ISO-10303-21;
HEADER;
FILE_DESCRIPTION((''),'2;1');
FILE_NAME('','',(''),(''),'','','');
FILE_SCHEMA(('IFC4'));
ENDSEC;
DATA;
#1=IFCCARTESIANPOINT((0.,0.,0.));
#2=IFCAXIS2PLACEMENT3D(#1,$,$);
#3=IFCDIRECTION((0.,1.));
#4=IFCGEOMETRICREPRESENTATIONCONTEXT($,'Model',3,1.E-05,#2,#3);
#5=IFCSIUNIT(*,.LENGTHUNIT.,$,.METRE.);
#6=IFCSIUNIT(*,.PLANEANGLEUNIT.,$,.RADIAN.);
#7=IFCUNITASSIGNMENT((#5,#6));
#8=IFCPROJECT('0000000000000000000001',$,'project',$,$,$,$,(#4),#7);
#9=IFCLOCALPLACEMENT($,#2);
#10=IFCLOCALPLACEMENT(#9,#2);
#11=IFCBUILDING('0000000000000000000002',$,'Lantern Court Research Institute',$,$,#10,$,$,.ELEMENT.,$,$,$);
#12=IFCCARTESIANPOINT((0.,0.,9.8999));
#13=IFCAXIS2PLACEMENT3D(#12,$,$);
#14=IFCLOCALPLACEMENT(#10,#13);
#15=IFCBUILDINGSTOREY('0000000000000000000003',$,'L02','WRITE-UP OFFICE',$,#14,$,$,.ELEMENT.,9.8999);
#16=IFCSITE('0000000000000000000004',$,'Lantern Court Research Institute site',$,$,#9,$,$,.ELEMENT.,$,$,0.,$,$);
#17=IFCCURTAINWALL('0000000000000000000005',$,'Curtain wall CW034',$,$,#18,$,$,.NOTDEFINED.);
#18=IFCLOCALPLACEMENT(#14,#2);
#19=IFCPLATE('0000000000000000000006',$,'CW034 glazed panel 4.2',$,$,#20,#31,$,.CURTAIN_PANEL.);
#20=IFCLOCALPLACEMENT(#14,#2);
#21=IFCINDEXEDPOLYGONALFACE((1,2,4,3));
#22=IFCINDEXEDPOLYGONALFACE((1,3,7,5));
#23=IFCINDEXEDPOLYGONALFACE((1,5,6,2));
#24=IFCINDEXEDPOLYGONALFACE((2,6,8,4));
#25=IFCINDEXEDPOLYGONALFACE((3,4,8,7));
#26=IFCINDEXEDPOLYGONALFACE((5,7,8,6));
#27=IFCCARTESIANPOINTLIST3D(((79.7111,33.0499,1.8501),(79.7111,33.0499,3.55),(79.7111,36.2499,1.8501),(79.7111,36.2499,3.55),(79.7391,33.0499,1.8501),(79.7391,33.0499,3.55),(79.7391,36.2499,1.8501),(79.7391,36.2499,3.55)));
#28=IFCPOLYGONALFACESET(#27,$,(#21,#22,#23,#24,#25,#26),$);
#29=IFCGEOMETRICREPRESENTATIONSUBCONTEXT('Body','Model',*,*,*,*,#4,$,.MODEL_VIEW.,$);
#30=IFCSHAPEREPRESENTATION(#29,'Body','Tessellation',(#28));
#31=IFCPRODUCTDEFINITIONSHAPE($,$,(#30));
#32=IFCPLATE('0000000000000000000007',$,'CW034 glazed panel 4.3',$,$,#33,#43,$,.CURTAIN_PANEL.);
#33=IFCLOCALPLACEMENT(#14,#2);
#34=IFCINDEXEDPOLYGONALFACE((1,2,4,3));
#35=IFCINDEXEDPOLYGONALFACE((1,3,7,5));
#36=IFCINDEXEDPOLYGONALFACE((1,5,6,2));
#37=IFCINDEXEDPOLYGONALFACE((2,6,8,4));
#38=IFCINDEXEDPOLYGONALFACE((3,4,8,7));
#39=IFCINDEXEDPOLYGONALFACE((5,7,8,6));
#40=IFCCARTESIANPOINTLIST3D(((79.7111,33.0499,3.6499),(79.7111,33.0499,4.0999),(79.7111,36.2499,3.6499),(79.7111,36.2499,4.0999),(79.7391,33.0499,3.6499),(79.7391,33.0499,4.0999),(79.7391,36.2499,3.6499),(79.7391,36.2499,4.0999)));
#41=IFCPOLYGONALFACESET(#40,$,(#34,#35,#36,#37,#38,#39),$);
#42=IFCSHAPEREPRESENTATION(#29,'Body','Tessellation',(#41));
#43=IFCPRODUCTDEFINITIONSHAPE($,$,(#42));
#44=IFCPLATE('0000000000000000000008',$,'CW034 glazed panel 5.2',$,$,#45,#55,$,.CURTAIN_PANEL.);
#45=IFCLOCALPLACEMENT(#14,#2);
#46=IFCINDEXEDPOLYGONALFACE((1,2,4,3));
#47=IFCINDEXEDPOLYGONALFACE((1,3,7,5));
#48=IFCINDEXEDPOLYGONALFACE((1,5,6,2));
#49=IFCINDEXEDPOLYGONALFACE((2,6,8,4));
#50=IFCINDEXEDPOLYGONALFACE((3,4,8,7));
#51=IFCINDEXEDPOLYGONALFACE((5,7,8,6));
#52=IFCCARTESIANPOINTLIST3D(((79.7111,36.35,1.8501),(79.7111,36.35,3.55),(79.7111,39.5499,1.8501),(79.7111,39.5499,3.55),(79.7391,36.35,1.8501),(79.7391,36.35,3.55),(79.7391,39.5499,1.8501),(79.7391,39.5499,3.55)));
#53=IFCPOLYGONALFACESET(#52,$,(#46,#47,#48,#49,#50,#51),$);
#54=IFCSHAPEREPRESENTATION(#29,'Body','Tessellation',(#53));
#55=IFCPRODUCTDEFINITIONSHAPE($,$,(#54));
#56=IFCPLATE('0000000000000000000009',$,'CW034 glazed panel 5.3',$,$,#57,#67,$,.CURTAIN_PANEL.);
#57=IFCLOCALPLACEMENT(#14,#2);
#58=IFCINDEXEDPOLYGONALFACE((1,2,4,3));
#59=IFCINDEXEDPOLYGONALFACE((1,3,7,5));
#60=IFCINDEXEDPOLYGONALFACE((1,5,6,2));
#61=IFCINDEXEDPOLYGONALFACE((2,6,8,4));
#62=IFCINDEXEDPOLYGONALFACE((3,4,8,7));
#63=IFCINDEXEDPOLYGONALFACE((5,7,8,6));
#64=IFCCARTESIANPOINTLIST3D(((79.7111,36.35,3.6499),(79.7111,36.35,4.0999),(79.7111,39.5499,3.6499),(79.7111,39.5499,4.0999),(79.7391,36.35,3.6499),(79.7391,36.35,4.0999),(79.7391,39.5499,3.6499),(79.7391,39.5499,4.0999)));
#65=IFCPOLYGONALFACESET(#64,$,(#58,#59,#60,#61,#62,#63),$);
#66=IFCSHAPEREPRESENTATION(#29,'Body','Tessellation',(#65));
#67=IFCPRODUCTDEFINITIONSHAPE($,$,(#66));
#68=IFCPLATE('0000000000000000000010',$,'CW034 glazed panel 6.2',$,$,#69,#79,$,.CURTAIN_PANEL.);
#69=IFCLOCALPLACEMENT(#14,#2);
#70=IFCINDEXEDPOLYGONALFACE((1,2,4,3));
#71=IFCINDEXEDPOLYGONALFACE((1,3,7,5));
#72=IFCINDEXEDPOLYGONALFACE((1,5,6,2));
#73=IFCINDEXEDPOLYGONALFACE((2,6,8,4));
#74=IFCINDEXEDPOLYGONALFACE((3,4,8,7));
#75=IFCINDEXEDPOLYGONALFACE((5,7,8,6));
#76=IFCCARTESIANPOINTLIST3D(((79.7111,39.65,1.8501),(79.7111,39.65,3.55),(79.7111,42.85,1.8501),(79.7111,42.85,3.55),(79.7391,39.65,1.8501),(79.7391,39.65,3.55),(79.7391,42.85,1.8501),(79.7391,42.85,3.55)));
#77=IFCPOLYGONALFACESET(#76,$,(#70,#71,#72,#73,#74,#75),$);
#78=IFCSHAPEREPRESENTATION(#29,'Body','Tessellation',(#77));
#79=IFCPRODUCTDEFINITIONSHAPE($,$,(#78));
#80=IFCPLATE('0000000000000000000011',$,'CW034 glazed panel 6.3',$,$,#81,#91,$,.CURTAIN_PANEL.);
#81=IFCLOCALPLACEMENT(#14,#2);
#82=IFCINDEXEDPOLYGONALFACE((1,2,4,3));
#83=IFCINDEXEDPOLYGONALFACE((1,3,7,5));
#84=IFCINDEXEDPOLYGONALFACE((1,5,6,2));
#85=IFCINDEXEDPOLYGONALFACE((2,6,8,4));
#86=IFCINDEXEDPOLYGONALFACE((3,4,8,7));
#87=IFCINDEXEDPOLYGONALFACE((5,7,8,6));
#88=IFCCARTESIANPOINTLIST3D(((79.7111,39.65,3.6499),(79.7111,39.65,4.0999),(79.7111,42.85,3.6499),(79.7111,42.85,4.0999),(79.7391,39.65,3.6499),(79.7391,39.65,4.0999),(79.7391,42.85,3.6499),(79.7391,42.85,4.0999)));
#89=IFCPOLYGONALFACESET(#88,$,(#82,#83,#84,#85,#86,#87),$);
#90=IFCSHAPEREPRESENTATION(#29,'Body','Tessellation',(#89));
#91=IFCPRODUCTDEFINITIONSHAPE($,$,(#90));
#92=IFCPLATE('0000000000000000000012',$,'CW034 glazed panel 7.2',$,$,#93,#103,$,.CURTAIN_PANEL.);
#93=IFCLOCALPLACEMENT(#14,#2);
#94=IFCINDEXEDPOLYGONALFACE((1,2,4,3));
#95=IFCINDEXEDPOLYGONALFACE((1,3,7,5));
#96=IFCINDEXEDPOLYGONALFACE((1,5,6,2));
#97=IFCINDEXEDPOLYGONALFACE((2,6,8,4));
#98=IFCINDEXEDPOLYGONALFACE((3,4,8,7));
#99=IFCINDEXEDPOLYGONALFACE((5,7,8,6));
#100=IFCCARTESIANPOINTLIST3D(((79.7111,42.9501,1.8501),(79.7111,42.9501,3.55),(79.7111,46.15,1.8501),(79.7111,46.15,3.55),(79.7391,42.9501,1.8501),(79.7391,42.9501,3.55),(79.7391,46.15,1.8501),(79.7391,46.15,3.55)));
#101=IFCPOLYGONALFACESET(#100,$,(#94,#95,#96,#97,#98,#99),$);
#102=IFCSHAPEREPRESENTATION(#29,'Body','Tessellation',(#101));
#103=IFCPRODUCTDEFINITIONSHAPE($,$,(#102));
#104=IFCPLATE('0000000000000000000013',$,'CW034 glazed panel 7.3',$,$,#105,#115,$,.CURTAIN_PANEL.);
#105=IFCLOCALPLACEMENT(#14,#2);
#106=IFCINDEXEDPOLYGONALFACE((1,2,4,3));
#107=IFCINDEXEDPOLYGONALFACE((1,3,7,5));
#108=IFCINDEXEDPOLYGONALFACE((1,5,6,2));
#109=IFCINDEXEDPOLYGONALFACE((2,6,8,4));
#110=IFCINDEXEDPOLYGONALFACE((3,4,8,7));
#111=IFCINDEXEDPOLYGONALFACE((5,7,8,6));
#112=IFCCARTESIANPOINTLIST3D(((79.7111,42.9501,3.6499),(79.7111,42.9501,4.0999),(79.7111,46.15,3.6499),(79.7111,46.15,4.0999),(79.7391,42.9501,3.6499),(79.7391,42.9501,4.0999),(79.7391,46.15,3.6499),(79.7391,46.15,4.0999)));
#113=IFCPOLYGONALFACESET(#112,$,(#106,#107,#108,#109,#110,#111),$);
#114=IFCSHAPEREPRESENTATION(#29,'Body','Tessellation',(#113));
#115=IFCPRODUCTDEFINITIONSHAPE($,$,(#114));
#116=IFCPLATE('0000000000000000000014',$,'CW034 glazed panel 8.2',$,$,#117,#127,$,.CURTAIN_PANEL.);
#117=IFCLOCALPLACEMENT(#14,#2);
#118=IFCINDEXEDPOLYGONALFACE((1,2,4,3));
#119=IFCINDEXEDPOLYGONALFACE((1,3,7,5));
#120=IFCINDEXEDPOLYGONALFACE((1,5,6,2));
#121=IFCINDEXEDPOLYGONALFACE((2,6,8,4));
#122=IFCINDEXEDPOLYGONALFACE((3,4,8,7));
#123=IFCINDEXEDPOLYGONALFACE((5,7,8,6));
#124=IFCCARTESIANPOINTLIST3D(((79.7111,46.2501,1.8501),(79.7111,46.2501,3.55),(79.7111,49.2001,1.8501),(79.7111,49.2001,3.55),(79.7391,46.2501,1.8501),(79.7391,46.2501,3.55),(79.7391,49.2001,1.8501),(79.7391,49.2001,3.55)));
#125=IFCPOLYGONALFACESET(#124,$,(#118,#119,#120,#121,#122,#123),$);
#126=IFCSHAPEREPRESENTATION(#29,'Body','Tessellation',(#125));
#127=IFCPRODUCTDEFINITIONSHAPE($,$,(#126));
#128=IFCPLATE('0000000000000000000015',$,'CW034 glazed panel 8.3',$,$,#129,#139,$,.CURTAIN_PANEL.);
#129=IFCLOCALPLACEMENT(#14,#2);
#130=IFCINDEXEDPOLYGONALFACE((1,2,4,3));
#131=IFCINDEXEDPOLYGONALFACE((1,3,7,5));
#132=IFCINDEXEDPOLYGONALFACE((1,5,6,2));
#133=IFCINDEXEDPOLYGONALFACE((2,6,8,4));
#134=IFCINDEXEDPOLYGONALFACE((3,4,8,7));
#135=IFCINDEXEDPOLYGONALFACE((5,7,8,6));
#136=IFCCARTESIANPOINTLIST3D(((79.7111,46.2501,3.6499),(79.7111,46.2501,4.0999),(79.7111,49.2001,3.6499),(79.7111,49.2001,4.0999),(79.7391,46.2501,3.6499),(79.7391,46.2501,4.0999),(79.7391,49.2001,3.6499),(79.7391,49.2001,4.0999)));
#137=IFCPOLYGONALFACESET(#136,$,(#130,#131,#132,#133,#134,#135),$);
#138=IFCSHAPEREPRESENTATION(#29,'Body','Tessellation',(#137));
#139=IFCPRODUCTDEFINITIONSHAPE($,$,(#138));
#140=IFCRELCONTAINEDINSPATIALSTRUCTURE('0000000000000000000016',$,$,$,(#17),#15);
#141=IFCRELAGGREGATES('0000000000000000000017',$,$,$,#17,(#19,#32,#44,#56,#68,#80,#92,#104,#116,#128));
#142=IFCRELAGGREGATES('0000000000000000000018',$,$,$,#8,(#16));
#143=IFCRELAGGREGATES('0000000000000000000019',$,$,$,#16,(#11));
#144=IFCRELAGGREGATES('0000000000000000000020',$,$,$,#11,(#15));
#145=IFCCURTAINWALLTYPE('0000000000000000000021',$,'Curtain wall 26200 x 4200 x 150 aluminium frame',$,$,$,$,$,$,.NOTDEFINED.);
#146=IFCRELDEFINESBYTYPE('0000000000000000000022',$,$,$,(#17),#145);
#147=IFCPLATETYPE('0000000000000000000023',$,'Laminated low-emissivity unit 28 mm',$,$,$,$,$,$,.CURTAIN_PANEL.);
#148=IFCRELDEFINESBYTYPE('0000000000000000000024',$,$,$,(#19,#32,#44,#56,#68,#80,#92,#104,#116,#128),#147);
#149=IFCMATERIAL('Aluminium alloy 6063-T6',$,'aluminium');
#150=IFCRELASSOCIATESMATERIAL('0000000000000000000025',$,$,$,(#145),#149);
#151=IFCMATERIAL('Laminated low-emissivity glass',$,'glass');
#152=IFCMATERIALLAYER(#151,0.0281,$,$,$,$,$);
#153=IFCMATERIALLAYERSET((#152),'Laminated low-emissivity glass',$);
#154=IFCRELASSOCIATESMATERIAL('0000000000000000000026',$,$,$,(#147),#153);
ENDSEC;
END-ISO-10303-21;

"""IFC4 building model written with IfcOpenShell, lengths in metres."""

from ifc_helpers import new_model, si_unit, direction, frame, origin, origin_2d, place, context, subcontext, project, spatial, rectangle, extrude, material, layer, layer_set, type_object, element, aggregate, save


model = new_model("IFC4")

# Units and contexts
model_context = context("Model", 3, precision=1e-05, world=origin(), true_north=direction((0.0, 1.0)))
body_context = subcontext(model_context, "Body", "Model", "MODEL_VIEW")
ifc_project = project(units=[si_unit("LENGTHUNIT", "METRE"), si_unit("PLANEANGLEUNIT", "RADIAN")], contexts=[model_context])

# Site, building, storey
site_placement = place(None, origin())
site = spatial("IfcSite", under=ifc_project, at=site_placement, Name="Lantern Court Research Institute site", CompositionType="ELEMENT", RefElevation=0.0)
building_placement = place(site_placement, origin())
building = spatial("IfcBuilding", under=site, at=building_placement, Name="Lantern Court Research Institute", CompositionType="ELEMENT")
storey_placement = place(building_placement, frame((0.0, 0.0, 9.8999)))
storey = spatial("IfcBuildingStorey", under=building, at=storey_placement, Name="L02", Description="WRITE-UP OFFICE", CompositionType="ELEMENT", Elevation=9.8999)

# Curtain wall, plates
ifc_material_1 = material(Name="Aluminium alloy 6063-T6", Category="aluminium")
curtain_wall_type = type_object("IfcCurtainWallType", Name="Curtain wall 26200 x 4200 x 150 aluminium frame", PredefinedType="NOTDEFINED", material=ifc_material_1)
curtain_wall_placement = place(storey_placement, origin())
curtain_wall = element("IfcCurtainWall", 1, at=curtain_wall_placement, inside=storey, type_object=curtain_wall_type, Name="Curtain wall CW034", PredefinedType="NOTDEFINED")
ifc_material_2 = material(Name="Laminated low-emissivity glass", Category="glass")
ifc_layer_1 = layer(ifc_material_2, 0.0281)
ifc_layer_set_1 = layer_set([ifc_layer_1], Name="Laminated low-emissivity glass")
plate_type_1 = type_object("IfcPlateType", Name="Laminated low-emissivity unit 28 mm", PredefinedType="CURTAIN_PANEL", material=ifc_layer_set_1)
plate_1_placement = place(storey_placement, frame((79.7251, 34.6499, 1.8501), z_axis=(0.0, 0.0, 1.0), x_axis=(0.0, -1.0, 0.0)))
plate_1 = element("IfcPlate", 2, at=plate_1_placement, type_object=plate_type_1, Name="CW034 glazed panel 4.2", PredefinedType="CURTAIN_PANEL", context=body_context, shape_type="SweptSolid", body=[
    extrude(rectangle(XDim=3.2, YDim=0.0281, at=origin_2d()), origin(), (0.0, 0.0, 1.0), 1.7),
])
plate_2_placement = place(storey_placement, frame((79.7251, 34.6499, 3.6499), z_axis=(0.0, 0.0, 1.0), x_axis=(0.0, -1.0, 0.0)))
plate_2 = element("IfcPlate", 3, at=plate_2_placement, type_object=plate_type_1, Name="CW034 glazed panel 4.3", PredefinedType="CURTAIN_PANEL", context=body_context, shape_type="SweptSolid", body=[
    extrude(rectangle(XDim=3.2, YDim=0.0281, at=origin_2d()), origin(), (0.0, 0.0, 1.0), 0.45),
])
plate_3_placement = place(storey_placement, frame((79.7251, 37.95, 1.8501), z_axis=(0.0, 0.0, 1.0), x_axis=(0.0, -1.0, 0.0)))
plate_3 = element("IfcPlate", 4, at=plate_3_placement, type_object=plate_type_1, Name="CW034 glazed panel 5.2", PredefinedType="CURTAIN_PANEL", context=body_context, shape_type="SweptSolid", body=[
    extrude(rectangle(XDim=3.2, YDim=0.0281, at=origin_2d()), origin(), (0.0, 0.0, 1.0), 1.7),
])
plate_4_placement = place(storey_placement, frame((79.7251, 37.95, 3.6499), z_axis=(0.0, 0.0, 1.0), x_axis=(0.0, -1.0, 0.0)))
plate_4 = element("IfcPlate", 5, at=plate_4_placement, type_object=plate_type_1, Name="CW034 glazed panel 5.3", PredefinedType="CURTAIN_PANEL", context=body_context, shape_type="SweptSolid", body=[
    extrude(rectangle(XDim=3.2, YDim=0.0281, at=origin_2d()), origin(), (0.0, 0.0, 1.0), 0.45),
])
plate_5_placement = place(storey_placement, frame((79.7251, 41.25, 1.8501), z_axis=(0.0, 0.0, 1.0), x_axis=(0.0, -1.0, 0.0)))
plate_5 = element("IfcPlate", 6, at=plate_5_placement, type_object=plate_type_1, Name="CW034 glazed panel 6.2", PredefinedType="CURTAIN_PANEL", context=body_context, shape_type="SweptSolid", body=[
    extrude(rectangle(XDim=3.2, YDim=0.0281, at=origin_2d()), origin(), (0.0, 0.0, 1.0), 1.7),
])
plate_6_placement = place(storey_placement, frame((79.7251, 41.25, 3.6499), z_axis=(0.0, 0.0, 1.0), x_axis=(0.0, -1.0, 0.0)))
plate_6 = element("IfcPlate", 7, at=plate_6_placement, type_object=plate_type_1, Name="CW034 glazed panel 6.3", PredefinedType="CURTAIN_PANEL", context=body_context, shape_type="SweptSolid", body=[
    extrude(rectangle(XDim=3.2, YDim=0.0281, at=origin_2d()), origin(), (0.0, 0.0, 1.0), 0.45),
])
plate_7_placement = place(storey_placement, frame((79.7251, 44.55, 1.8501), z_axis=(0.0, 0.0, 1.0), x_axis=(0.0, -1.0, 0.0)))
plate_7 = element("IfcPlate", 8, at=plate_7_placement, type_object=plate_type_1, Name="CW034 glazed panel 7.2", PredefinedType="CURTAIN_PANEL", context=body_context, shape_type="SweptSolid", body=[
    extrude(rectangle(XDim=3.2, YDim=0.0281, at=origin_2d()), origin(), (0.0, 0.0, 1.0), 1.7),
])
plate_8_placement = place(storey_placement, frame((79.7251, 44.55, 3.6499), z_axis=(0.0, 0.0, 1.0), x_axis=(0.0, -1.0, 0.0)))
plate_8 = element("IfcPlate", 9, at=plate_8_placement, type_object=plate_type_1, Name="CW034 glazed panel 7.3", PredefinedType="CURTAIN_PANEL", context=body_context, shape_type="SweptSolid", body=[
    extrude(rectangle(XDim=3.2, YDim=0.0281, at=origin_2d()), origin(), (0.0, 0.0, 1.0), 0.45),
])
plate_9_placement = place(storey_placement, frame((79.7251, 47.7251, 1.8501), z_axis=(0.0, 0.0, 1.0), x_axis=(0.0, -1.0, 0.0)))
plate_9 = element("IfcPlate", 10, at=plate_9_placement, type_object=plate_type_1, Name="CW034 glazed panel 8.2", PredefinedType="CURTAIN_PANEL", context=body_context, shape_type="SweptSolid", body=[
    extrude(rectangle(XDim=2.95, YDim=0.0281, at=origin_2d()), origin(), (0.0, 0.0, 1.0), 1.7),
])
plate_10_placement = place(storey_placement, frame((79.7251, 47.7251, 3.6499), z_axis=(0.0, 0.0, 1.0), x_axis=(0.0, -1.0, 0.0)))
plate_10 = element("IfcPlate", 11, at=plate_10_placement, type_object=plate_type_1, Name="CW034 glazed panel 8.3", PredefinedType="CURTAIN_PANEL", context=body_context, shape_type="SweptSolid", body=[
    extrude(rectangle(XDim=2.95, YDim=0.0281, at=origin_2d()), origin(), (0.0, 0.0, 1.0), 0.45),
])
aggregate(curtain_wall, [plate_1, plate_2, plate_3, plate_4, plate_5, plate_6, plate_7, plate_8, plate_9, plate_10])

save(model, "model.ifc")
